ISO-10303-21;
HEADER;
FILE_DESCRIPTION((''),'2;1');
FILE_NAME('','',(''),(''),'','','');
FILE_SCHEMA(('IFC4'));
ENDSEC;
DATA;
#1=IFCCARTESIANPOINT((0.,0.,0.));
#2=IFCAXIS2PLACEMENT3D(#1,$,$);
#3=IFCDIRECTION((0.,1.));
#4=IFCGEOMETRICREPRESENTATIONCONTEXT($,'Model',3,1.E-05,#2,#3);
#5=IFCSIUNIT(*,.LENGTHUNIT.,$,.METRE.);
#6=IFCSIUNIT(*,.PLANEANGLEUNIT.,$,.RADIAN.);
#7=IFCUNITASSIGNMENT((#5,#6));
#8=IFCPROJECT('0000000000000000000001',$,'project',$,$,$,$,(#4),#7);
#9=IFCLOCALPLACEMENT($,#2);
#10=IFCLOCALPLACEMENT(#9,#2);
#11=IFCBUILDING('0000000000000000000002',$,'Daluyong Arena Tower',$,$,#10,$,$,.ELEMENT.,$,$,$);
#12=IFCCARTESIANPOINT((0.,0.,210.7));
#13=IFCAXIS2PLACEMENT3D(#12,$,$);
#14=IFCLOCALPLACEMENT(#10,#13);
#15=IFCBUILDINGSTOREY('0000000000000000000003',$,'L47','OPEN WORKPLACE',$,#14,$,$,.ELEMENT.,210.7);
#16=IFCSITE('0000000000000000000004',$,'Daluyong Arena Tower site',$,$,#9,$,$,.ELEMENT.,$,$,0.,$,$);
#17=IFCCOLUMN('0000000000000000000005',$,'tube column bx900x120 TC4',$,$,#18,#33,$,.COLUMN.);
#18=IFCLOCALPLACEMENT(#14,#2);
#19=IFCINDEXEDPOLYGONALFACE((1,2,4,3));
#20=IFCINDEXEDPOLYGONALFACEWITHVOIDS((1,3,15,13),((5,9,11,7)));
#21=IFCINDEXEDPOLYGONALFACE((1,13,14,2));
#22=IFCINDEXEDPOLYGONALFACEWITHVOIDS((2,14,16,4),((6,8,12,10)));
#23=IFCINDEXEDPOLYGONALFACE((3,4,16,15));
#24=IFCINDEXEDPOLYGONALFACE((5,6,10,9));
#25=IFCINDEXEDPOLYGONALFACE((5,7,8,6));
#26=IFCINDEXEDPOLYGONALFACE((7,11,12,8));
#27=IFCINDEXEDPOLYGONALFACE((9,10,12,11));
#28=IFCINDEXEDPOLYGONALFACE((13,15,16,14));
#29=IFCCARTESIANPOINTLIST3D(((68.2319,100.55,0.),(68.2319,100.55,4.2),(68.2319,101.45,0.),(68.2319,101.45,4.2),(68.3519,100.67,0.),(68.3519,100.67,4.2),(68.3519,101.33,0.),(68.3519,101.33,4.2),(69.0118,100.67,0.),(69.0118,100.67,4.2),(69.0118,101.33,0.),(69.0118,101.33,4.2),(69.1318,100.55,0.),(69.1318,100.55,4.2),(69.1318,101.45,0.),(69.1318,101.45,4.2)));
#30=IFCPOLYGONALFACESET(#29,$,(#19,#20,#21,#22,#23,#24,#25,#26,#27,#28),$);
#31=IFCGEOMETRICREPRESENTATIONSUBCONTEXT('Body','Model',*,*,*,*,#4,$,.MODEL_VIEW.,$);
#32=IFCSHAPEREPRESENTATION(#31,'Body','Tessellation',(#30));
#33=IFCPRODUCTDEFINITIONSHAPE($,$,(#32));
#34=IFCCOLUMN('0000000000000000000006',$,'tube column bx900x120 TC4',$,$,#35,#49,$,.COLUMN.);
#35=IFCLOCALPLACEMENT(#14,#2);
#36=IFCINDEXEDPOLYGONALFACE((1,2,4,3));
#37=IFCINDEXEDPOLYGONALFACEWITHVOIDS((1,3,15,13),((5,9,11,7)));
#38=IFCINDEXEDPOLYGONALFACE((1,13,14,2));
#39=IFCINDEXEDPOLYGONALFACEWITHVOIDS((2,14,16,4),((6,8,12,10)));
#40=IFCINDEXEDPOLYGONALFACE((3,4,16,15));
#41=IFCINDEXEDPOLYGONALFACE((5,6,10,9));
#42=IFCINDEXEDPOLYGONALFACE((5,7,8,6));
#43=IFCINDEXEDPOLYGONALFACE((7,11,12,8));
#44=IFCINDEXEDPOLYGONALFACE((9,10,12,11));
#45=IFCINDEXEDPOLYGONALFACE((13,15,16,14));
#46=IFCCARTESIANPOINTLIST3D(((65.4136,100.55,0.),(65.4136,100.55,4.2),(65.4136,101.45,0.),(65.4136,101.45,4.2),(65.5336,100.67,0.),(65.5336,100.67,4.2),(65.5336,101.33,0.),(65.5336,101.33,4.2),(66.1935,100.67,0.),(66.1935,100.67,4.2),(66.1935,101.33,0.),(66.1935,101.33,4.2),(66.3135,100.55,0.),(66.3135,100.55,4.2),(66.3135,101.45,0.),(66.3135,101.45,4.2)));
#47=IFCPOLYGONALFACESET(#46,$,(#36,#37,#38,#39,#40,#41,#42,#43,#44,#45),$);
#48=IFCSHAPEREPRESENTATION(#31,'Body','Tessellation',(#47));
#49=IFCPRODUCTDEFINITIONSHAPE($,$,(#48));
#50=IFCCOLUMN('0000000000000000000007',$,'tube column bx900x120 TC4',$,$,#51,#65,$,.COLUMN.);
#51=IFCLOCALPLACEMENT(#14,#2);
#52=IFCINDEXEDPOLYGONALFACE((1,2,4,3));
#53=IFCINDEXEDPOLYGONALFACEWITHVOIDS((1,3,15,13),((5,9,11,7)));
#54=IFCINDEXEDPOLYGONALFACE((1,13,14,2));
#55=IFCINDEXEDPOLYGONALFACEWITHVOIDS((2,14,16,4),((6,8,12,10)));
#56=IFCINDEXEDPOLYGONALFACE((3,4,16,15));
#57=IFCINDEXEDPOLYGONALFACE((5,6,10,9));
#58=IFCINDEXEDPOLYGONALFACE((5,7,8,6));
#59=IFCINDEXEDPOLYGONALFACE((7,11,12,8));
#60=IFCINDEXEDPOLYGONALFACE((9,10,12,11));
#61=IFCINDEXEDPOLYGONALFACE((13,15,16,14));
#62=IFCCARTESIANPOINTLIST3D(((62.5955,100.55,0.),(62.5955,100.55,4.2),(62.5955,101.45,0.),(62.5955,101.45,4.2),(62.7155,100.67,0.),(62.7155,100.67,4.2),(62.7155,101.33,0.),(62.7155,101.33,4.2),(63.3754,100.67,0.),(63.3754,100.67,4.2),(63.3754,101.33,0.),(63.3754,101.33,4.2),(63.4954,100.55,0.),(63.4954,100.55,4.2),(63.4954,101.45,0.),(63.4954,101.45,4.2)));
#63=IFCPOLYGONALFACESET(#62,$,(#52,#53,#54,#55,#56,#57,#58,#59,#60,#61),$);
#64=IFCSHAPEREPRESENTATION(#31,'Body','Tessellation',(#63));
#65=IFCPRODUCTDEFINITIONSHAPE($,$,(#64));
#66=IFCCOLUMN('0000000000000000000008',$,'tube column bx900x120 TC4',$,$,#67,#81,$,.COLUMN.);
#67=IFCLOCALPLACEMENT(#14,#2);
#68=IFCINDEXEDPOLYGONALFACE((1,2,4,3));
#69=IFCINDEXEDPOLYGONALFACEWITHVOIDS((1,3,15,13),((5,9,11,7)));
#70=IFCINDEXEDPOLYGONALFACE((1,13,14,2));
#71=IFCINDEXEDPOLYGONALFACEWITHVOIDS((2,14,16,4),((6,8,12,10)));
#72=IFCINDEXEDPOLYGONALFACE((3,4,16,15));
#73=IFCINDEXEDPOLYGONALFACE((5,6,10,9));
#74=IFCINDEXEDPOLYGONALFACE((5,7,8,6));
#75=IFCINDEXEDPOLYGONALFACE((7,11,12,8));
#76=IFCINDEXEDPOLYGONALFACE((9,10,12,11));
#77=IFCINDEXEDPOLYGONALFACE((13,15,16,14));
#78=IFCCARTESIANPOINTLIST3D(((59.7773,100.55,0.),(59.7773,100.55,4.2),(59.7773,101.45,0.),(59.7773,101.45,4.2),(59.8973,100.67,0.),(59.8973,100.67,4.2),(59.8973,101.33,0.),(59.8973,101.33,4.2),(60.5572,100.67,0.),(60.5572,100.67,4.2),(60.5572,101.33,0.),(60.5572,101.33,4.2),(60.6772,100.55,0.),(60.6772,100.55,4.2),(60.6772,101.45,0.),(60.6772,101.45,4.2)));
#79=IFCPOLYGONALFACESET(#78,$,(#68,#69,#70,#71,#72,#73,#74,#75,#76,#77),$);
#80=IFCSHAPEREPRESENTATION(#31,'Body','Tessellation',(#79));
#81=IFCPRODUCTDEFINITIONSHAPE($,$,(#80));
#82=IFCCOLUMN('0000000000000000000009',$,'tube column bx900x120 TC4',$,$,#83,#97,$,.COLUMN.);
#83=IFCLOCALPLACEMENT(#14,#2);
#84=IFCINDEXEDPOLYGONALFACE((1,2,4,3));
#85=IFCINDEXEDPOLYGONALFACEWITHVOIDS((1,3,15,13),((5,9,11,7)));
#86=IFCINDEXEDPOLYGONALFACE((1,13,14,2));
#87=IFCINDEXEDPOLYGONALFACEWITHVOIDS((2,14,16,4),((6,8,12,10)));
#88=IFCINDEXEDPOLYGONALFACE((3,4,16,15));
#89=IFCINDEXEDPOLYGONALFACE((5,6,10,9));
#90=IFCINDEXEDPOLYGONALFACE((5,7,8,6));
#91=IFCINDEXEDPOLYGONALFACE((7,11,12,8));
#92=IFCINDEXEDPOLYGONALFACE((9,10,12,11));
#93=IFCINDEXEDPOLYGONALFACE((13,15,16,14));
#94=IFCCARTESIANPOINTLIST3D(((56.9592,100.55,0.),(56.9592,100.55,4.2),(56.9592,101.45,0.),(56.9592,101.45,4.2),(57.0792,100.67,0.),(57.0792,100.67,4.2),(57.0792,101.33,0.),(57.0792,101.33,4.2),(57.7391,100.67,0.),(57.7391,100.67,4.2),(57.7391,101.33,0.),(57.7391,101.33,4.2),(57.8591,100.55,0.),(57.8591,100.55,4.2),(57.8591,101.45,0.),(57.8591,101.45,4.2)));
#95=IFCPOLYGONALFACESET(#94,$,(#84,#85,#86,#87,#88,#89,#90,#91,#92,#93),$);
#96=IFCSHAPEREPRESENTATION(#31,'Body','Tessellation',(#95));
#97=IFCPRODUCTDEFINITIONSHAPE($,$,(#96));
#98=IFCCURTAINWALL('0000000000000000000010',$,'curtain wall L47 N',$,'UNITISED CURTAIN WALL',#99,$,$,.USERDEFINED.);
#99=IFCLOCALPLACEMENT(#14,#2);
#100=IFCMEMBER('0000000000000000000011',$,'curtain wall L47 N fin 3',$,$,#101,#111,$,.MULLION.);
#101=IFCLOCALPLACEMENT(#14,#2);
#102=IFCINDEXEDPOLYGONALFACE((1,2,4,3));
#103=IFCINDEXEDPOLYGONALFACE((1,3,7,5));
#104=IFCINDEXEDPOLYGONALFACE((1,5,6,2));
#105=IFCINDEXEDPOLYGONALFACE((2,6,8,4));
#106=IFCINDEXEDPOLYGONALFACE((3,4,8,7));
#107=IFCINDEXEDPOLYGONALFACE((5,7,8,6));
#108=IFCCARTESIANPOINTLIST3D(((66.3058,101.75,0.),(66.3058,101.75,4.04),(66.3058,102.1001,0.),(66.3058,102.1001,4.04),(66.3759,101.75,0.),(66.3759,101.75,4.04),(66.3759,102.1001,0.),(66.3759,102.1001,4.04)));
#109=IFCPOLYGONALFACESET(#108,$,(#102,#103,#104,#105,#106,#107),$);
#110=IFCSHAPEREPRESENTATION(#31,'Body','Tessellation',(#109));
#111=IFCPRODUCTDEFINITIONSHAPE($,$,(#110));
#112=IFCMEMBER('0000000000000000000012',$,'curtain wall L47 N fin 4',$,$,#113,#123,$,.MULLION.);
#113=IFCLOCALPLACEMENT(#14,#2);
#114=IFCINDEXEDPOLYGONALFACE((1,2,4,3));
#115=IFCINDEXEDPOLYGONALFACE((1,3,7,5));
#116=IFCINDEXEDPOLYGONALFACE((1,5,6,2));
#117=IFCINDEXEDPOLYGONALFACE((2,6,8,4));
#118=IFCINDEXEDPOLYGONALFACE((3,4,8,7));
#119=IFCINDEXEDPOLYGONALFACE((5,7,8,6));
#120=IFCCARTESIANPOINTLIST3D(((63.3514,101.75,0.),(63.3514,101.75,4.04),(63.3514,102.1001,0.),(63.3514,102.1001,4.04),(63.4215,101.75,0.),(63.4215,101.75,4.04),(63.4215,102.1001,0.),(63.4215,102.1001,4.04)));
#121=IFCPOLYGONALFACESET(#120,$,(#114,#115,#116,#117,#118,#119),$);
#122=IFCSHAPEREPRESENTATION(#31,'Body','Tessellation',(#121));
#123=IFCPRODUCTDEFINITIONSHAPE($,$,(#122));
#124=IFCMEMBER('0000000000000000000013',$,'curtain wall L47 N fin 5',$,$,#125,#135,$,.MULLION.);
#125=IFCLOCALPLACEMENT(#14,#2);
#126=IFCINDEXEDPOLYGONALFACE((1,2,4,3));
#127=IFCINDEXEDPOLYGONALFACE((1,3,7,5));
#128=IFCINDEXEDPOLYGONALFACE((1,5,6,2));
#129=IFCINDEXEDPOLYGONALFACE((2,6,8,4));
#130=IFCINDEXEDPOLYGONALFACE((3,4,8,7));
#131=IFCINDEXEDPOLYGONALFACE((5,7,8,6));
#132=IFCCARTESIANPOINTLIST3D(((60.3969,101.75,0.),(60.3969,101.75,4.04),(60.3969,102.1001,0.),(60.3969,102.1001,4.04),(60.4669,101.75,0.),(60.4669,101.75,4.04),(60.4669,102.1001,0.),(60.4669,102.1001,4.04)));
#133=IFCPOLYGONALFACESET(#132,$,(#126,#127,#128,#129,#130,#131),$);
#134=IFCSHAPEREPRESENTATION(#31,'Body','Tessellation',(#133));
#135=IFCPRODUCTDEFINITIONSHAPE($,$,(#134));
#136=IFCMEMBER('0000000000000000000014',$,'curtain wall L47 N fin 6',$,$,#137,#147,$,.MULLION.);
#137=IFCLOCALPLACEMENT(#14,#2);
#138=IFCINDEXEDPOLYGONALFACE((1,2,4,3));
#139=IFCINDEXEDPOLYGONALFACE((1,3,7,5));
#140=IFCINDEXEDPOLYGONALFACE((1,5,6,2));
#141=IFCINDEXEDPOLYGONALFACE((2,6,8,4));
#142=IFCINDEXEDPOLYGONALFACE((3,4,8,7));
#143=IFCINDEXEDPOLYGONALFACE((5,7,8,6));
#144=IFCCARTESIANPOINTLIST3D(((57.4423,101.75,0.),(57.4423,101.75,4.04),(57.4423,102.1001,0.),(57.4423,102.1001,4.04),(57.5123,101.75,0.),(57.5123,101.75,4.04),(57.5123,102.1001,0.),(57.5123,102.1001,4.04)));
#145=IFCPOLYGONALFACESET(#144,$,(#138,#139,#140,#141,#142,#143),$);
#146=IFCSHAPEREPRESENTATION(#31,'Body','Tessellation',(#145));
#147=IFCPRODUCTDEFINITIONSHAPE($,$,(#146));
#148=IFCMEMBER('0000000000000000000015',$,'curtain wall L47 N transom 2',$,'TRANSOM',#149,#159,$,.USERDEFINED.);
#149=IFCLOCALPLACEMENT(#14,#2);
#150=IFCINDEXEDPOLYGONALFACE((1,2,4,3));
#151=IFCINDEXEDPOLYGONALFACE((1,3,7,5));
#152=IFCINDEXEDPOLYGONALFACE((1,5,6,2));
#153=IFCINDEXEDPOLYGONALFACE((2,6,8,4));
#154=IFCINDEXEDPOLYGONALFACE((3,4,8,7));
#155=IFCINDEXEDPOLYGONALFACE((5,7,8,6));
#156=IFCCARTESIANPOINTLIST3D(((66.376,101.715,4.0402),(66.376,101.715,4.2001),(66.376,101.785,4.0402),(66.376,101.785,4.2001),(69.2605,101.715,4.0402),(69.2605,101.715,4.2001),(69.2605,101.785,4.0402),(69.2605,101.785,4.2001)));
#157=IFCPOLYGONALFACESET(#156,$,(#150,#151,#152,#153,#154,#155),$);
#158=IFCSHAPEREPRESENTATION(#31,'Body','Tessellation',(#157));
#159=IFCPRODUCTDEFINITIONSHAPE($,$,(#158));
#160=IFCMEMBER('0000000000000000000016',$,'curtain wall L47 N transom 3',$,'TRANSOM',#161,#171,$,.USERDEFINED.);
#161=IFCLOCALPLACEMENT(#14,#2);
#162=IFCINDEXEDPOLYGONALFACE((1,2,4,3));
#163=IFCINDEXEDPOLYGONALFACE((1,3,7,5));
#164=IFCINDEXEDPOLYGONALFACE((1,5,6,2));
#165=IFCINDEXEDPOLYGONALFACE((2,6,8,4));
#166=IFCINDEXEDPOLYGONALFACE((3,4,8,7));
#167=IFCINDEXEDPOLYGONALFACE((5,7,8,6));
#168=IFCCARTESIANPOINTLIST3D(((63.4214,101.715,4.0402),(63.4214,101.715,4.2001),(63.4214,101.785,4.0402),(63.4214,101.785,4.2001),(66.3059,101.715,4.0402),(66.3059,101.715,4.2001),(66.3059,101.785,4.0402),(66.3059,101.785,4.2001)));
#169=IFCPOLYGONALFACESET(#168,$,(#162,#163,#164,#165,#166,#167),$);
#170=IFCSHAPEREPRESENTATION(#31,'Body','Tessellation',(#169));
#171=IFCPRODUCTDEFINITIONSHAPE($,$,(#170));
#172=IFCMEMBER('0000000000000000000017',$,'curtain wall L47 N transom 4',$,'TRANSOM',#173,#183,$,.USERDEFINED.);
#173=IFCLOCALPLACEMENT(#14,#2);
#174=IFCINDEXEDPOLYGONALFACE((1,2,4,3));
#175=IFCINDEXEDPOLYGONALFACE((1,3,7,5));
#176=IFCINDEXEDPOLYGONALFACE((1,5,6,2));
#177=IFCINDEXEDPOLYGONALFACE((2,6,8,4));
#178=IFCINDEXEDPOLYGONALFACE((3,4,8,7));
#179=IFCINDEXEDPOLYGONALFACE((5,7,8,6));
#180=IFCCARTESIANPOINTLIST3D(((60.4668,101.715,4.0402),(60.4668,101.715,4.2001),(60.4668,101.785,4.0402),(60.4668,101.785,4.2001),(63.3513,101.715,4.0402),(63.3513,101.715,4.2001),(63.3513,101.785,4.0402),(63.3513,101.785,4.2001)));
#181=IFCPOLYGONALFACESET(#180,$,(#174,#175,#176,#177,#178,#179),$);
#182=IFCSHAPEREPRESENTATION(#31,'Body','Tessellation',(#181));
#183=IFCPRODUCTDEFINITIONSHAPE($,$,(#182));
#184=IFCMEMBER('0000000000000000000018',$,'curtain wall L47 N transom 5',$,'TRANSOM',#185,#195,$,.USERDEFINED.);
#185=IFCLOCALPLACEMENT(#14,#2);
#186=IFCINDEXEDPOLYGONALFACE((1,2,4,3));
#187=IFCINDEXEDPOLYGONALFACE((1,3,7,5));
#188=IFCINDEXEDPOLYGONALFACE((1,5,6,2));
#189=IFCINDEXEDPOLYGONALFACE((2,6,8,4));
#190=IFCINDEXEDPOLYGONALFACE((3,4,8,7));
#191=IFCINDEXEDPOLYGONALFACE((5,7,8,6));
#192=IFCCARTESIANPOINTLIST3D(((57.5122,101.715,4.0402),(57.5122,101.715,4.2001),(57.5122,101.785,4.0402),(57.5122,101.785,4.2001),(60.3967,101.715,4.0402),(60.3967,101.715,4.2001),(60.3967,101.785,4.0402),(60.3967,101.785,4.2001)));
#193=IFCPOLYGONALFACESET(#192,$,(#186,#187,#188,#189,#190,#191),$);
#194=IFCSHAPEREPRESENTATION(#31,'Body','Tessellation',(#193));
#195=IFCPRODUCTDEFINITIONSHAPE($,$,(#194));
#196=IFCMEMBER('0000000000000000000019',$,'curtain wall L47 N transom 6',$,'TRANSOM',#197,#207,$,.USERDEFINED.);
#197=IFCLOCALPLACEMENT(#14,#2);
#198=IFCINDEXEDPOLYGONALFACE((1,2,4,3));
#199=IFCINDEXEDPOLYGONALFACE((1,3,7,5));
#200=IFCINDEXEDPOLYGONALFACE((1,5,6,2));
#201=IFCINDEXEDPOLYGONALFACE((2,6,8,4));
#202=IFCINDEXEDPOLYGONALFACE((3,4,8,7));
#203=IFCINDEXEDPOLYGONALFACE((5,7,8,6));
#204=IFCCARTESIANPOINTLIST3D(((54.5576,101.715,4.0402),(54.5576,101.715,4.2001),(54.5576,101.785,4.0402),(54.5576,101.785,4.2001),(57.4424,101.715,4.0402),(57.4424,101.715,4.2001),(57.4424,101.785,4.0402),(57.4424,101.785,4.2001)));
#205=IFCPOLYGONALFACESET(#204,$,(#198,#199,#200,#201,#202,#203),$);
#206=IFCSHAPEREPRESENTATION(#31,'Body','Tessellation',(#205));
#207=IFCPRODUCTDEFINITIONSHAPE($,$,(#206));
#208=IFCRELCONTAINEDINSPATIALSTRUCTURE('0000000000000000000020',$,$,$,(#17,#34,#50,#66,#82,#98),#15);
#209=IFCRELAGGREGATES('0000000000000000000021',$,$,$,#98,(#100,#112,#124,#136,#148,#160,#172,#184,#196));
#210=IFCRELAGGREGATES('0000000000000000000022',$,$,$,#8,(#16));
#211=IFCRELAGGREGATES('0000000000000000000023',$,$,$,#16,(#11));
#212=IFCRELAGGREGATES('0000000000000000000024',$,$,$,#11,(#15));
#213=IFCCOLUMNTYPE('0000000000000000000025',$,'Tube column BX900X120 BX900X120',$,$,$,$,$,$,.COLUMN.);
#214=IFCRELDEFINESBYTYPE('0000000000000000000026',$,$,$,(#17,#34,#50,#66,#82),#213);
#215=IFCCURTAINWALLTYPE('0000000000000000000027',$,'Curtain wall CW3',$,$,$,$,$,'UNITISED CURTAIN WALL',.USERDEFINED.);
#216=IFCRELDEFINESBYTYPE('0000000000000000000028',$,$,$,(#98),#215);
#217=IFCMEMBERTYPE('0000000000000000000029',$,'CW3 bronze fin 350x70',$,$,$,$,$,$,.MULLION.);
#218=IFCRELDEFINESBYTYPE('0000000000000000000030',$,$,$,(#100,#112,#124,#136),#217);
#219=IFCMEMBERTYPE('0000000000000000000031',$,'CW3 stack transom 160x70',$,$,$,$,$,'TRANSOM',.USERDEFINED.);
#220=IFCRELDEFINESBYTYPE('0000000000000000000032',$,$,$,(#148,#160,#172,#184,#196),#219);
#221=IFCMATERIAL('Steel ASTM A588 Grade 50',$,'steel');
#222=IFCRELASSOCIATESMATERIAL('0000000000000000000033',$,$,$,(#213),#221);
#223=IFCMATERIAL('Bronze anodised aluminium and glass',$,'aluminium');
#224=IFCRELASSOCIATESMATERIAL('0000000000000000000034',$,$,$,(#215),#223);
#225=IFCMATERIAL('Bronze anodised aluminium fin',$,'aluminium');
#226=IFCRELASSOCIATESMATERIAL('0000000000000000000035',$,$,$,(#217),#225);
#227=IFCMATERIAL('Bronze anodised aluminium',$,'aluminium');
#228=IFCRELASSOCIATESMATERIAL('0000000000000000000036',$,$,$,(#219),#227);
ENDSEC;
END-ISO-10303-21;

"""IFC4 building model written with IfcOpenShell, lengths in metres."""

from ifc_helpers import new_model, si_unit, direction, frame, origin, origin_2d, place, context, subcontext, project, spatial, rectangle, hollow_rectangle, extrude, material, material_profile, profile_set, type_object, element, aggregate, save


model = new_model("IFC4")

# Units and contexts
model_context = context("Model", 3, precision=1e-05, world=origin(), true_north=direction((0.0, 1.0)))
body_context = subcontext(model_context, "Body", "Model", "MODEL_VIEW")
ifc_project = project(units=[si_unit("LENGTHUNIT", "METRE"), si_unit("PLANEANGLEUNIT", "RADIAN")], contexts=[model_context])

# Site, building, storey
site_placement = place(None, origin())
site = spatial("IfcSite", under=ifc_project, at=site_placement, Name="Daluyong Arena Tower site", CompositionType="ELEMENT", RefElevation=0.0)
building_placement = place(site_placement, origin())
building = spatial("IfcBuilding", under=site, at=building_placement, Name="Daluyong Arena Tower", CompositionType="ELEMENT")
storey_placement = place(building_placement, frame((0.0, 0.0, 210.7)))
storey = spatial("IfcBuildingStorey", under=building, at=storey_placement, Name="L47", Description="OPEN WORKPLACE", CompositionType="ELEMENT", Elevation=210.7)

# Columns
ifc_material_1 = material(Name="Steel ASTM A588 Grade 50", Category="steel")
ifc_material_profile_1 = material_profile(ifc_material_1, hollow_rectangle(XDim=0.8999, YDim=0.8999, WallThickness=0.12, at=origin_2d()))
ifc_profile_set_1 = profile_set([ifc_material_profile_1], Name="Steel ASTM A588 Grade 50")
column_type = type_object("IfcColumnType", Name="Tube column BX900X120 BX900X120", PredefinedType="COLUMN", material=ifc_profile_set_1)
for number, where, z_axis, x_axis, name in (
    (1, (68.6819, 101.0, 0.0), (0.0, 0.0, 1.0), (1.0, 0.0, 0.0), "tube column bx900x120 TC4"),
    (2, (65.8635, 101.0, 0.0), (0.0, 0.0, 1.0), (1.0, 0.0, 0.0), "tube column bx900x120 TC4"),
    (3, (63.0454, 101.0, 0.0), (0.0, 0.0, 1.0), (1.0, 0.0, 0.0), "tube column bx900x120 TC4"),
    (4, (60.2273, 101.0, 0.0), (0.0, 0.0, 1.0), (1.0, 0.0, 0.0), "tube column bx900x120 TC4"),
    (5, (57.4092, 101.0, 0.0), (0.0, 0.0, 1.0), (1.0, 0.0, 0.0), "tube column bx900x120 TC4"),
):
    element("IfcColumn", number, at=place(storey_placement, frame(where, z_axis=z_axis, x_axis=x_axis)), inside=storey, type_object=column_type, Name=name, PredefinedType="COLUMN", context=body_context, shape_type="SweptSolid", body=[
        extrude(hollow_rectangle(XDim=0.8999, YDim=0.8999, WallThickness=0.12, at=origin_2d()), origin(), (0.0, 0.0, 1.0), 4.2),
    ])

# Curtain wall, members
ifc_material_2 = material(Name="Bronze anodised aluminium and glass", Category="aluminium")
curtain_wall_type = type_object("IfcCurtainWallType", Name="Curtain wall CW3", ElementType="UNITISED CURTAIN WALL", PredefinedType="USERDEFINED", material=ifc_material_2)
curtain_wall_placement = place(storey_placement, origin())
curtain_wall = element("IfcCurtainWall", 6, at=curtain_wall_placement, inside=storey, type_object=curtain_wall_type, Name="curtain wall L47 N", ObjectType="UNITISED CURTAIN WALL", PredefinedType="USERDEFINED")
ifc_material_3 = material(Name="Bronze anodised aluminium fin", Category="aluminium")
ifc_material_profile_2 = material_profile(ifc_material_3, rectangle(XDim=0.3501, YDim=0.0701, at=origin_2d()))
ifc_profile_set_2 = profile_set([ifc_material_profile_2], Name="Bronze anodised aluminium fin")
member_type_1 = type_object("IfcMemberType", Name="CW3 bronze fin 350x70", PredefinedType="MULLION", material=ifc_profile_set_2)
member_1_placement = place(storey_placement, frame((66.3408, 101.925, 0.0), z_axis=(0.0, 0.0, 1.0), x_axis=(0.0, -1.0, 0.0)))
member_1 = element("IfcMember", 7, at=member_1_placement, type_object=member_type_1, Name="curtain wall L47 N fin 3", PredefinedType="MULLION", context=body_context, shape_type="SweptSolid", body=[
    extrude(rectangle(XDim=0.3501, YDim=0.0701, at=origin_2d()), origin(), (0.0, 0.0, 1.0), 4.04),
])
member_2_placement = place(storey_placement, frame((63.3865, 101.925, 0.0), z_axis=(0.0, 0.0, 1.0), x_axis=(0.0, -1.0, 0.0)))
member_2 = element("IfcMember", 8, at=member_2_placement, type_object=member_type_1, Name="curtain wall L47 N fin 4", PredefinedType="MULLION", context=body_context, shape_type="SweptSolid", body=[
    extrude(rectangle(XDim=0.3501, YDim=0.0701, at=origin_2d()), origin(), (0.0, 0.0, 1.0), 4.04),
])
member_3_placement = place(storey_placement, frame((60.4319, 101.925, 0.0), z_axis=(0.0, 0.0, 1.0), x_axis=(0.0, -1.0, 0.0)))
member_3 = element("IfcMember", 9, at=member_3_placement, type_object=member_type_1, Name="curtain wall L47 N fin 5", PredefinedType="MULLION", context=body_context, shape_type="SweptSolid", body=[
    extrude(rectangle(XDim=0.3501, YDim=0.0701, at=origin_2d()), origin(), (0.0, 0.0, 1.0), 4.04),
])
member_4_placement = place(storey_placement, frame((57.4773, 101.925, 0.0), z_axis=(0.0, 0.0, 1.0), x_axis=(0.0, -1.0, 0.0)))
member_4 = element("IfcMember", 10, at=member_4_placement, type_object=member_type_1, Name="curtain wall L47 N fin 6", PredefinedType="MULLION", context=body_context, shape_type="SweptSolid", body=[
    extrude(rectangle(XDim=0.3501, YDim=0.0701, at=origin_2d()), origin(), (0.0, 0.0, 1.0), 4.04),
])
ifc_material_4 = material(Name="Bronze anodised aluminium", Category="aluminium")
ifc_material_profile_3 = material_profile(ifc_material_4, rectangle(XDim=0.0701, YDim=0.1599, at=origin_2d()))
ifc_profile_set_3 = profile_set([ifc_material_profile_3], Name="Bronze anodised aluminium")
member_type_2 = type_object("IfcMemberType", Name="CW3 stack transom 160x70", ElementType="TRANSOM", PredefinedType="USERDEFINED", material=ifc_profile_set_3)
member_5_placement = place(storey_placement, frame((69.2605, 101.75, 4.1201), z_axis=(-1.0, 0.0, 0.0), x_axis=(0.0, -1.0, 0.0)))
member_5 = element("IfcMember", 11, at=member_5_placement, type_object=member_type_2, Name="curtain wall L47 N transom 2", ObjectType="TRANSOM", PredefinedType="USERDEFINED", context=body_context, shape_type="SweptSolid", body=[
    extrude(rectangle(XDim=0.0701, YDim=0.1599, at=origin_2d()), origin(), (0.0, 0.0, 1.0), 2.8845),
])
member_6_placement = place(storey_placement, frame((66.3059, 101.75, 4.1201), z_axis=(-1.0, 0.0, 0.0), x_axis=(0.0, -1.0, 0.0)))
member_6 = element("IfcMember", 12, at=member_6_placement, type_object=member_type_2, Name="curtain wall L47 N transom 3", ObjectType="TRANSOM", PredefinedType="USERDEFINED", context=body_context, shape_type="SweptSolid", body=[
    extrude(rectangle(XDim=0.0701, YDim=0.1599, at=origin_2d()), origin(), (0.0, 0.0, 1.0), 2.8845),
])
member_7_placement = place(storey_placement, frame((63.3513, 101.75, 4.1201), z_axis=(-1.0, 0.0, 0.0), x_axis=(0.0, -1.0, 0.0)))
member_7 = element("IfcMember", 13, at=member_7_placement, type_object=member_type_2, Name="curtain wall L47 N transom 4", ObjectType="TRANSOM", PredefinedType="USERDEFINED", context=body_context, shape_type="SweptSolid", body=[
    extrude(rectangle(XDim=0.0701, YDim=0.1599, at=origin_2d()), origin(), (0.0, 0.0, 1.0), 2.8845),
])
member_8_placement = place(storey_placement, frame((60.3967, 101.75, 4.1201), z_axis=(-1.0, 0.0, 0.0), x_axis=(0.0, -1.0, 0.0)))
member_8 = element("IfcMember", 14, at=member_8_placement, type_object=member_type_2, Name="curtain wall L47 N transom 5", ObjectType="TRANSOM", PredefinedType="USERDEFINED", context=body_context, shape_type="SweptSolid", body=[
    extrude(rectangle(XDim=0.0701, YDim=0.1599, at=origin_2d()), origin(), (0.0, 0.0, 1.0), 2.8845),
])
member_9_placement = place(storey_placement, frame((57.4424, 101.75, 4.1201), z_axis=(-1.0, 0.0, 0.0), x_axis=(0.0, -1.0, 0.0)))
member_9 = element("IfcMember", 15, at=member_9_placement, type_object=member_type_2, Name="curtain wall L47 N transom 6", ObjectType="TRANSOM", PredefinedType="USERDEFINED", context=body_context, shape_type="SweptSolid", body=[
    extrude(rectangle(XDim=0.0701, YDim=0.1599, at=origin_2d()), origin(), (0.0, 0.0, 1.0), 2.8848),
])

aggregate(curtain_wall, [member_1, member_2, member_3, member_4, member_5, member_6, member_7, member_8, member_9])

save(model, "model.ifc")
